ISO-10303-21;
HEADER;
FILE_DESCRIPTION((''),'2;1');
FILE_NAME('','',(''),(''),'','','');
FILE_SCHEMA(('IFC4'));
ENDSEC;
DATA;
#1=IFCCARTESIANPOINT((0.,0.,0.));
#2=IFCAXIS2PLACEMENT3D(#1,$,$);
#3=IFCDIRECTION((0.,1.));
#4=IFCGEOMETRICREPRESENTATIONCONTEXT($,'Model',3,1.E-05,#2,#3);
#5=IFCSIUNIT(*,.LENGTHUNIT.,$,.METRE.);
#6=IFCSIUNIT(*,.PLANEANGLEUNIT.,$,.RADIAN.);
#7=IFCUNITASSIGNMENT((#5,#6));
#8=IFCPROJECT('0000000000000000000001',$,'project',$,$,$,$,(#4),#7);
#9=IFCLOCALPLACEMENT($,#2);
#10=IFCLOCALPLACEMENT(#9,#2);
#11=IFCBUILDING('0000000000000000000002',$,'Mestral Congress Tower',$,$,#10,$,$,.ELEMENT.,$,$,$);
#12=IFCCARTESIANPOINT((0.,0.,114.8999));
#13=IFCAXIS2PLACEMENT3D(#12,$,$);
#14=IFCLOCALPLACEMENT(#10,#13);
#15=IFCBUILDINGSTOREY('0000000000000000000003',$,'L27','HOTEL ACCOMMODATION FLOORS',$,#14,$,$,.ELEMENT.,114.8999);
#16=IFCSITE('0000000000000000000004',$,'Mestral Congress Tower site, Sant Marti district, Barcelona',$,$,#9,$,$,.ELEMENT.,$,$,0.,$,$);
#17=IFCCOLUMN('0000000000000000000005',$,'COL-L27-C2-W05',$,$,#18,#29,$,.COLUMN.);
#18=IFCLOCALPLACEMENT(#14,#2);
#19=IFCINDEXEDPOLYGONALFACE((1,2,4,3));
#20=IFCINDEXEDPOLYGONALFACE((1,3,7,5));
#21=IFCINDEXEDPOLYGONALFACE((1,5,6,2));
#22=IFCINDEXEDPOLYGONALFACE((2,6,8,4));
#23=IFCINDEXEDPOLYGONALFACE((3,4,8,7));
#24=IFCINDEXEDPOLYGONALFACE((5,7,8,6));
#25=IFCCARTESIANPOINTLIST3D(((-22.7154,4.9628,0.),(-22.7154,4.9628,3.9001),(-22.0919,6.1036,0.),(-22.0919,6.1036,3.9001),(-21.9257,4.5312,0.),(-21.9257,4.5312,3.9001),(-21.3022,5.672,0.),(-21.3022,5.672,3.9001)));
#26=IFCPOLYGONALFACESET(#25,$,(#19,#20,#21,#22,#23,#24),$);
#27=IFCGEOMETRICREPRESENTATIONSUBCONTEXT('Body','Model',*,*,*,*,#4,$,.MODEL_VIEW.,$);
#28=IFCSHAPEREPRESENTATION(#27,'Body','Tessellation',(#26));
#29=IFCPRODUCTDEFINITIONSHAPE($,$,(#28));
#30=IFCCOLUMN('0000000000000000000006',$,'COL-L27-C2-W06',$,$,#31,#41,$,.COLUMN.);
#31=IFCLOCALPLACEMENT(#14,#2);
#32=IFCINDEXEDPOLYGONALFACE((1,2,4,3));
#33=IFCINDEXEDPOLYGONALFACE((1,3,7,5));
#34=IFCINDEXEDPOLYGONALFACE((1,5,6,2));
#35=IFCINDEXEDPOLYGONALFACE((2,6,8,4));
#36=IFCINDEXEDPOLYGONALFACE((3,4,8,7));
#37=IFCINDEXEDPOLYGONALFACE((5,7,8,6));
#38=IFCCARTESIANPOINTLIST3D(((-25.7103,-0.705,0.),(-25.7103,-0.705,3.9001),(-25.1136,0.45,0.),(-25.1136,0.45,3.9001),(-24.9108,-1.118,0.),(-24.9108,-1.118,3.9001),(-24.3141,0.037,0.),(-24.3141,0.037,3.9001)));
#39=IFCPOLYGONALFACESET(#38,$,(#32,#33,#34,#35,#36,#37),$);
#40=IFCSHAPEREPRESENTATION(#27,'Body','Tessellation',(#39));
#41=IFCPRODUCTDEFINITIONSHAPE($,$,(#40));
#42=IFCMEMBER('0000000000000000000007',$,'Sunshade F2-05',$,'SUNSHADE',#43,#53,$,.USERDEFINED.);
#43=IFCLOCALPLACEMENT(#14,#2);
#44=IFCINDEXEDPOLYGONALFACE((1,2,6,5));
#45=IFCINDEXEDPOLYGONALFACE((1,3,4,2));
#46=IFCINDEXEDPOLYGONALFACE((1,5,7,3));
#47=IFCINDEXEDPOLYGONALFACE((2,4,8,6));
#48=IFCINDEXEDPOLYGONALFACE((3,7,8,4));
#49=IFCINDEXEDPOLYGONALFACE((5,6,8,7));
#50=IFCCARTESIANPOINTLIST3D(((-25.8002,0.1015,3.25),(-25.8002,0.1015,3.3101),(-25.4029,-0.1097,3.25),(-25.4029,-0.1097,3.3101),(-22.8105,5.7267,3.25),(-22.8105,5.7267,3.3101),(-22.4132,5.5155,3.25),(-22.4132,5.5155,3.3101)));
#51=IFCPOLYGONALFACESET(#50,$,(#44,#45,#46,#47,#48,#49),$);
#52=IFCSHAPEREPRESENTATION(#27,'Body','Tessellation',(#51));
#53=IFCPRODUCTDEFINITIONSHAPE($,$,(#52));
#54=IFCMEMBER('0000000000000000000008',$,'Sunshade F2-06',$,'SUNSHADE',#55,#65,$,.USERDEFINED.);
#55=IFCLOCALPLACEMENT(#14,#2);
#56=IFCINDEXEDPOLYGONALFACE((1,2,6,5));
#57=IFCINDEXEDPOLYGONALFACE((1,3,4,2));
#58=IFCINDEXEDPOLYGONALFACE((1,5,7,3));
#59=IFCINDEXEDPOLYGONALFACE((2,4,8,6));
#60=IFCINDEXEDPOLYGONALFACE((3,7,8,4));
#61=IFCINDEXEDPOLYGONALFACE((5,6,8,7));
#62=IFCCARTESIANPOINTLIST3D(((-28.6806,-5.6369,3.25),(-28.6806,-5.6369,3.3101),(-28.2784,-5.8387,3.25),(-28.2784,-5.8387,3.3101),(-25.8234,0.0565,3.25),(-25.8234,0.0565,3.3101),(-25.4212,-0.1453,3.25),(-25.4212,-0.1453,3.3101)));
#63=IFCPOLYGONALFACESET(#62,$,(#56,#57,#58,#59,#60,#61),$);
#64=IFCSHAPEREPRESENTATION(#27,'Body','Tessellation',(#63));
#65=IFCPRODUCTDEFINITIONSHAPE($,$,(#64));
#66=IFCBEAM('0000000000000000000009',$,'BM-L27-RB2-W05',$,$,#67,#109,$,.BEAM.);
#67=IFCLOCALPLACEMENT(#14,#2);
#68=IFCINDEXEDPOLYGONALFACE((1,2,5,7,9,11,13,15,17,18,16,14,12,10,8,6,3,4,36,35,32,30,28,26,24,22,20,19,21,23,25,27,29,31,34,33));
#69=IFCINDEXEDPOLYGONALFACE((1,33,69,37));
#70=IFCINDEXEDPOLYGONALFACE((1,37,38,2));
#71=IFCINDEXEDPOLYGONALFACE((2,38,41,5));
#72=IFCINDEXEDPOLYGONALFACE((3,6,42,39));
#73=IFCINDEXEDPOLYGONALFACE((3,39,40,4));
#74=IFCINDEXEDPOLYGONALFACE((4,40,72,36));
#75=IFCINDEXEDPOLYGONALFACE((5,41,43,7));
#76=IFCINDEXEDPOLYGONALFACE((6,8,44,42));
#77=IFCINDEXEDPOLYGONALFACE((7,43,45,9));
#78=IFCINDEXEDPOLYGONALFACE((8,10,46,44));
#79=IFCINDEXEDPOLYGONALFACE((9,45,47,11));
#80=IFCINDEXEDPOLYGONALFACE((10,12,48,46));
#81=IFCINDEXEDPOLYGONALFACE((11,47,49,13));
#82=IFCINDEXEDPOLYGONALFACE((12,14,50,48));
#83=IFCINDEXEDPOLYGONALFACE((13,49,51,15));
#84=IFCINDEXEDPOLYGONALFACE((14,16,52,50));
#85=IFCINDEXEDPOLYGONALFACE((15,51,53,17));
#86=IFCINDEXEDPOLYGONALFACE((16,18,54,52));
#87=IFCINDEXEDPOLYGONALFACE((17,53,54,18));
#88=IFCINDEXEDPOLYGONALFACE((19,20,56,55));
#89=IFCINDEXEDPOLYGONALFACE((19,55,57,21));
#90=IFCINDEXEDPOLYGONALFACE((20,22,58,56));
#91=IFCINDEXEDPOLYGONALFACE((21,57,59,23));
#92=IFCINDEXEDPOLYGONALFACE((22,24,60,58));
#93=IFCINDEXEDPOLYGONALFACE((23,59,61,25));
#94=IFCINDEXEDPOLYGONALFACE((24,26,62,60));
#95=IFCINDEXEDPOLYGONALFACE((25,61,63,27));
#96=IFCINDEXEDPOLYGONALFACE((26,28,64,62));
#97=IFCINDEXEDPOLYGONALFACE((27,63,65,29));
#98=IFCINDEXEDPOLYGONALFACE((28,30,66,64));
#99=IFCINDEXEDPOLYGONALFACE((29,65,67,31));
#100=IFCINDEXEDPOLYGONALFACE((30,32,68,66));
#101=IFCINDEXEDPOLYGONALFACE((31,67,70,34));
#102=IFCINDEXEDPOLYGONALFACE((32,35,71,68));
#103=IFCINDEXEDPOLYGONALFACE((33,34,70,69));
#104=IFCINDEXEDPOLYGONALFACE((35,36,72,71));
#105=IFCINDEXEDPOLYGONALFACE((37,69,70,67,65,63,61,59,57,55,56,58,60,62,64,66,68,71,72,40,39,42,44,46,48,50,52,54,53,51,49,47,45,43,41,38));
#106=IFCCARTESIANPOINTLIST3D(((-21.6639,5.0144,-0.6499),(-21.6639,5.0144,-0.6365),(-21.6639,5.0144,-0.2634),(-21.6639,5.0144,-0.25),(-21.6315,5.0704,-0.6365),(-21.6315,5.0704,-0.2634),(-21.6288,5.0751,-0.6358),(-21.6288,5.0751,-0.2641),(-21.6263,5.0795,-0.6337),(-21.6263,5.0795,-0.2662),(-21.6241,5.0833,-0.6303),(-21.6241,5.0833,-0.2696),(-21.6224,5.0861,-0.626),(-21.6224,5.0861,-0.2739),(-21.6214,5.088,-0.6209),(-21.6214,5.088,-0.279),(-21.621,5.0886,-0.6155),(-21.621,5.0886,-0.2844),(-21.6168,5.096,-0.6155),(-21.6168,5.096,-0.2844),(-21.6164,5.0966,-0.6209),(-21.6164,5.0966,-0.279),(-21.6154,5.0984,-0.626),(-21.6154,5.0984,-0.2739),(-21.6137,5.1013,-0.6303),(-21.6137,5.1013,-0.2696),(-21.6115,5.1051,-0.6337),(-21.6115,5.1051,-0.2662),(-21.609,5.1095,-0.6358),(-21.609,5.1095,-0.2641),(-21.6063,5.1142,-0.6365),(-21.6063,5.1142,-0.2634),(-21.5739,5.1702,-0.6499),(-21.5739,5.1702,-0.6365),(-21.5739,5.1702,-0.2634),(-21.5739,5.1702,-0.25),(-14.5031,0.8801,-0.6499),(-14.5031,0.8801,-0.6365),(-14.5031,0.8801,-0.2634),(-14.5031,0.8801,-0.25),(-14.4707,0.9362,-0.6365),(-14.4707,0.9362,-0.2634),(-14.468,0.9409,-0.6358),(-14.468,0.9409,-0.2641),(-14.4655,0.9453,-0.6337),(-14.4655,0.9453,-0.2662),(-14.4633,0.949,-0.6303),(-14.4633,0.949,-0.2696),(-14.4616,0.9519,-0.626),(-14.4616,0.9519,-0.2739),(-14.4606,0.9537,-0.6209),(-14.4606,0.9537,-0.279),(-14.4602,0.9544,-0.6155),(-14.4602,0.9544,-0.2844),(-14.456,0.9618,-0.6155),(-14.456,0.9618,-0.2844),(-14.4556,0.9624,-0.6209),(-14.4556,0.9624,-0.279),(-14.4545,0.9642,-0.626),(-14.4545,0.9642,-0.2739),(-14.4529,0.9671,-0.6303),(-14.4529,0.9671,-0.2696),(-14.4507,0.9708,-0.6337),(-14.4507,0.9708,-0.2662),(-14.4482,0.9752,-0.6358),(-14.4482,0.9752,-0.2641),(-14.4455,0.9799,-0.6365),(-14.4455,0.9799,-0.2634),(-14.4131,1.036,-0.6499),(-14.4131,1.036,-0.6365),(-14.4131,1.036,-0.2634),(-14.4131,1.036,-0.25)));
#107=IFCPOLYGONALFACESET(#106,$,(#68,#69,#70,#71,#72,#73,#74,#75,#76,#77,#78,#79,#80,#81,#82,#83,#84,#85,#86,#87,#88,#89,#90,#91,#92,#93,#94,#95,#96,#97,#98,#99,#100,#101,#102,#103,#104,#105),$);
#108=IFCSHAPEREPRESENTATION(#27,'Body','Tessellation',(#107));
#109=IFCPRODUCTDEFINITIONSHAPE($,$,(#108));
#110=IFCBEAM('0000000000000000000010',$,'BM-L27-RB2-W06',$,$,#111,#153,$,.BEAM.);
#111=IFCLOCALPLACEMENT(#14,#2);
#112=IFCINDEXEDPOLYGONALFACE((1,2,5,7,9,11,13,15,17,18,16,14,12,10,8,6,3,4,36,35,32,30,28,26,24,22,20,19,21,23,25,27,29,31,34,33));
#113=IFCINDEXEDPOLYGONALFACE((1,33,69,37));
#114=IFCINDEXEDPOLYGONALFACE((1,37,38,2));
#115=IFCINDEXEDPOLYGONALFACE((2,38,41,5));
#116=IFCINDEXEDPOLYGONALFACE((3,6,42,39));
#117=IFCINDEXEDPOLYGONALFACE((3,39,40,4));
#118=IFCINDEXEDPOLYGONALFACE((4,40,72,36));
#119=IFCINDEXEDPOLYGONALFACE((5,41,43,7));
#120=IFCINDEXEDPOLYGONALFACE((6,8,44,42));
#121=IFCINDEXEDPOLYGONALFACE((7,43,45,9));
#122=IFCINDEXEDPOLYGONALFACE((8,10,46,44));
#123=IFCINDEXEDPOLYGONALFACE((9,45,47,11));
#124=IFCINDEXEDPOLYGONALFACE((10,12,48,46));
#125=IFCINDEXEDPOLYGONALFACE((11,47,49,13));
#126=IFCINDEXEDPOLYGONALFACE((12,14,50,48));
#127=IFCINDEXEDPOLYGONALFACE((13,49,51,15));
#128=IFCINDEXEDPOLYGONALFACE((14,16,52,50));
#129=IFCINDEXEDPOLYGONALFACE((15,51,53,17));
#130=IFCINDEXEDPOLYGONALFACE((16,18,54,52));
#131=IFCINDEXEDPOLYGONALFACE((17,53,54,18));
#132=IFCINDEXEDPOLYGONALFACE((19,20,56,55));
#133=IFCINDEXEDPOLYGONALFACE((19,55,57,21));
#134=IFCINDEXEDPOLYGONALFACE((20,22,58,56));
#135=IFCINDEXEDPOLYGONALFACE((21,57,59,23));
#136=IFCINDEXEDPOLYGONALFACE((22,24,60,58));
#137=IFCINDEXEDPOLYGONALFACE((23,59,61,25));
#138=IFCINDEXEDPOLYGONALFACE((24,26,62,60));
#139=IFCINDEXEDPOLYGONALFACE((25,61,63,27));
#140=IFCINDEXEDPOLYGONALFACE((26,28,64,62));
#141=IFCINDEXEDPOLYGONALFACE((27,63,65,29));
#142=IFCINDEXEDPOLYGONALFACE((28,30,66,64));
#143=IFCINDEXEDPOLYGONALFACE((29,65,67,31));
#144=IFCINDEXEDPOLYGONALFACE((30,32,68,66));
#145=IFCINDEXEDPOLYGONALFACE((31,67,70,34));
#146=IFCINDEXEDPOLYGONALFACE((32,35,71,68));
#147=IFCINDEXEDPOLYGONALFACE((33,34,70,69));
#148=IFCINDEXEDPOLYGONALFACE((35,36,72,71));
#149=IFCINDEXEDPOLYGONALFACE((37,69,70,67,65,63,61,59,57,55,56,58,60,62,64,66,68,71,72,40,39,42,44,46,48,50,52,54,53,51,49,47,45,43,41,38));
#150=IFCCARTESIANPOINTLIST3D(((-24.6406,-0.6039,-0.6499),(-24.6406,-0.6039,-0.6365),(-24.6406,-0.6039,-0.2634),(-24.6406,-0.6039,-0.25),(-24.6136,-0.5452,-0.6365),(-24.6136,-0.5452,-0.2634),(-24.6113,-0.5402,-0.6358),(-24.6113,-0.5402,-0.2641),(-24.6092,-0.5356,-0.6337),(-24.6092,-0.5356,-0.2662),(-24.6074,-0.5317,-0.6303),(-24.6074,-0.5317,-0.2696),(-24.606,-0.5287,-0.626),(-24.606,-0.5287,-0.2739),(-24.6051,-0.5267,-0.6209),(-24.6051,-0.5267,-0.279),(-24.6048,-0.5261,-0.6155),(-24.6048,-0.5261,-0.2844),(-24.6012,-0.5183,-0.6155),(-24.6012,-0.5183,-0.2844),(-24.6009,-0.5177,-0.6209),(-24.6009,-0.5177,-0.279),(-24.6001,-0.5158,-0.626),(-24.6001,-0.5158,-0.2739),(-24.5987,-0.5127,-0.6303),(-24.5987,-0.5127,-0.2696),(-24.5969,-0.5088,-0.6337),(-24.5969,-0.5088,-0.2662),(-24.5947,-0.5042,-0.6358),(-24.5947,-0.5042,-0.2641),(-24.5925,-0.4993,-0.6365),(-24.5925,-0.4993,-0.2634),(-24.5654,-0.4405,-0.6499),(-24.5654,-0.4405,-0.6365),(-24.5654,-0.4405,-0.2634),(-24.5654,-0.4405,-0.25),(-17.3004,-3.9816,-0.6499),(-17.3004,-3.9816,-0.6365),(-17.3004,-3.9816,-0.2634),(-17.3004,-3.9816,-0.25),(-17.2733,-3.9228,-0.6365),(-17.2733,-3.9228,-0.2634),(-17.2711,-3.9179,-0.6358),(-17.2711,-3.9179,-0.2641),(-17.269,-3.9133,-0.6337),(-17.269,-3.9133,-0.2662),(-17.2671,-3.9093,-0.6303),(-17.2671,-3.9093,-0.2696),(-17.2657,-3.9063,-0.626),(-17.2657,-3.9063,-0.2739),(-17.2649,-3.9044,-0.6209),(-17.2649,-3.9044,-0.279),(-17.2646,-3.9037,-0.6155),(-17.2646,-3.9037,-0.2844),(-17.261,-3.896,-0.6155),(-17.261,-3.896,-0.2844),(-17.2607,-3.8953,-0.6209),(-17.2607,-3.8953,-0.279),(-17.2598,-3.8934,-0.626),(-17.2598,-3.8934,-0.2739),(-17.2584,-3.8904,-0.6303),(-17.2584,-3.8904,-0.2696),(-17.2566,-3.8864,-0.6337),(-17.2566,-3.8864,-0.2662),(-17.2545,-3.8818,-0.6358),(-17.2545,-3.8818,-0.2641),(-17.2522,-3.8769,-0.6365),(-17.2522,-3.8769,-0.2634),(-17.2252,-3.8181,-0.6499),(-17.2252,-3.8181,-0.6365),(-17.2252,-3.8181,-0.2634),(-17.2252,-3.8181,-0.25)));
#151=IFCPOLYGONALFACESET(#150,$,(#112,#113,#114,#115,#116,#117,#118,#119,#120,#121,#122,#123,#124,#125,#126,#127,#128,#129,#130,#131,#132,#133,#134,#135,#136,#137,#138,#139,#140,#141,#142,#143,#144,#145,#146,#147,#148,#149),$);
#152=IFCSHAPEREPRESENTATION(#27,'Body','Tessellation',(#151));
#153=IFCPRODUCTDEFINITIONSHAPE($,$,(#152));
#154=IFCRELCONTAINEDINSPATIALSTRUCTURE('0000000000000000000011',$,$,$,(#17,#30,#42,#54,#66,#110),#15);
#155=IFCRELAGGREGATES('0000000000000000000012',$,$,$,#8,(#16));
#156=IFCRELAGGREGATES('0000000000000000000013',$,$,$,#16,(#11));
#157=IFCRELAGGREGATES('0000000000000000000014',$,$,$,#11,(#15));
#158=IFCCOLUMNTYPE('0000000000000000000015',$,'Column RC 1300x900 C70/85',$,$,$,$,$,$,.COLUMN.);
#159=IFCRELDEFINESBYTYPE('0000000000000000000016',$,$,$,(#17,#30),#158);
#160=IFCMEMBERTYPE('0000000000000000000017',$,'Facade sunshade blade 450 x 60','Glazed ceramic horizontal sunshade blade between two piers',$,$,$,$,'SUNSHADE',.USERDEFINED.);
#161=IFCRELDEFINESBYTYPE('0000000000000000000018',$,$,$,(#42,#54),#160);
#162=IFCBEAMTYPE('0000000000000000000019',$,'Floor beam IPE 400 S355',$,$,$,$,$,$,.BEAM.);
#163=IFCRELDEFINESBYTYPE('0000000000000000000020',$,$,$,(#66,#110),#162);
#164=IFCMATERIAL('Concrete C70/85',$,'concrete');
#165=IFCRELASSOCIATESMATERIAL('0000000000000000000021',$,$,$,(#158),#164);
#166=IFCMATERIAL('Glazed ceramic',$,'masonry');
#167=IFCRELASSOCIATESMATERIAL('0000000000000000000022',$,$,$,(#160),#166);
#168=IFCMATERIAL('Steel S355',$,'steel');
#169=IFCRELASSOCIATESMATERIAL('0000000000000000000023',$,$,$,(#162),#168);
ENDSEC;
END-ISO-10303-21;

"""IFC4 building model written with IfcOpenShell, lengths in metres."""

from ifc_helpers import new_model, si_unit, direction, frame, origin, origin_2d, place, context, subcontext, project, spatial, rectangle, i_section, extrude, material, material_profile, profile_set, type_object, element, save


model = new_model("IFC4")

# Units and contexts
model_context = context("Model", 3, precision=1e-05, world=origin(), true_north=direction((0.0, 1.0)))
body_context = subcontext(model_context, "Body", "Model", "MODEL_VIEW")
ifc_project = project(units=[si_unit("LENGTHUNIT", "METRE"), si_unit("PLANEANGLEUNIT", "RADIAN")], contexts=[model_context])

# Site, building, storey
site_placement = place(None, origin())
site = spatial("IfcSite", under=ifc_project, at=site_placement, Name="Mestral Congress Tower site, Sant Marti district, Barcelona", CompositionType="ELEMENT", RefElevation=0.0)
building_placement = place(site_placement, origin())
building = spatial("IfcBuilding", under=site, at=building_placement, Name="Mestral Congress Tower", CompositionType="ELEMENT")
storey_placement = place(building_placement, frame((0.0, 0.0, 114.8999)))
storey = spatial("IfcBuildingStorey", under=building, at=storey_placement, Name="L27", Description="HOTEL ACCOMMODATION FLOORS", CompositionType="ELEMENT", Elevation=114.8999)

# Columns
ifc_material_1 = material(Name="Concrete C70/85", Category="concrete")
ifc_material_profile_1 = material_profile(ifc_material_1, rectangle(XDim=1.3, YDim=0.8999, at=origin_2d()), Name="RC 1300x900")
ifc_profile_set_1 = profile_set([ifc_material_profile_1], Name="Concrete C70/85")
column_type = type_object("IfcColumnType", Name="Column RC 1300x900 C70/85", PredefinedType="COLUMN", material=ifc_profile_set_1)
for number, where, z_axis, x_axis, name in (
    (1, (-22.0088, 5.3174, 0.0), (0.0, 0.0, 1.0), (-0.479613, -0.87748, 0.0), "COL-L27-C2-W05"),
    (2, (-25.0122, -0.334, 0.0), (0.0, 0.0, 1.0), (-0.458961, -0.888456, 0.0), "COL-L27-C2-W06"),
):
    element("IfcColumn", number, at=place(storey_placement, frame(where, z_axis=z_axis, x_axis=x_axis)), inside=storey, type_object=column_type, Name=name, PredefinedType="COLUMN", context=body_context, shape_type="SweptSolid", body=[
        extrude(rectangle(XDim=1.3, YDim=0.8999, at=origin_2d()), origin(), (0.0, 0.0, 1.0), 3.9001),
    ])

# Members
ifc_material_2 = material(Name="Glazed ceramic", Category="masonry")
ifc_material_profile_2 = material_profile(ifc_material_2, rectangle(XDim=0.45, YDim=0.0601, at=origin_2d()), Name="Ceramic blade 450 x 60")
ifc_profile_set_2 = profile_set([ifc_material_profile_2], Name="Glazed ceramic")
member_type = type_object("IfcMemberType", Name="Facade sunshade blade 450 x 60", Description="Glazed ceramic horizontal sunshade blade between two piers", ElementType="SUNSHADE", PredefinedType="USERDEFINED", material=ifc_profile_set_2)
member_1_placement = place(storey_placement, frame((-22.6118, 5.6211, 3.28), z_axis=(-0.469319, -0.883029, 0.0), x_axis=(0.883029, -0.469319, 0.0)))
element("IfcMember", 3, at=member_1_placement, inside=storey, type_object=member_type, Name="Sunshade F2-05", ObjectType="SUNSHADE", PredefinedType="USERDEFINED", context=body_context, shape_type="SweptSolid", body=[
    extrude(rectangle(XDim=0.45, YDim=0.0601, at=origin_2d()), origin(), (0.0, 0.0, 1.0), 6.3704),
])
member_2_placement = place(storey_placement, frame((-25.6223, -0.0444, 3.28), z_axis=(-0.448532, -0.893767, 0.0), x_axis=(0.893767, -0.448532, 0.0)))
element("IfcMember", 4, at=member_2_placement, inside=storey, type_object=member_type, Name="Sunshade F2-06", ObjectType="SUNSHADE", PredefinedType="USERDEFINED", context=body_context, shape_type="SweptSolid", body=[
    extrude(rectangle(XDim=0.45, YDim=0.0601, at=origin_2d()), origin(), (0.0, 0.0, 1.0), 6.3701),
])

# Beams
ifc_material_3 = material(Name="Steel S355", Category="steel")
ifc_material_profile_3 = material_profile(ifc_material_3, i_section(OverallWidth=0.1799, OverallDepth=0.3999, WebThickness=0.0085, FlangeThickness=0.0134, FilletRadius=0.021, at=origin_2d()), Name="IPE 400")
ifc_profile_set_3 = profile_set([ifc_material_profile_3], Name="Steel S355")
beam_type_1 = type_object("IfcBeamType", Name="Floor beam IPE 400 S355", PredefinedType="BEAM", material=ifc_profile_set_3)
beam_1_placement = place(storey_placement, frame((-21.6189, 5.0923, -0.45), z_axis=(0.866029, -0.499994, 0.0), x_axis=(0.499994, 0.866029, 0.0)))
element("IfcBeam", 5, at=beam_1_placement, inside=storey, type_object=beam_type_1, Name="BM-L27-RB2-W05", PredefinedType="BEAM", context=body_context, shape_type="SweptSolid", body=[
    extrude(i_section(OverallWidth=0.1799, OverallDepth=0.3999, WebThickness=0.0085, FlangeThickness=0.0134, FilletRadius=0.021, at=origin_2d()), origin(), (0.0, 0.0, 1.0), 8.2686),
])
beam_2_placement = place(storey_placement, frame((-24.603, -0.5222, -0.45), z_axis=(0.908437, -0.418021, 0.0), x_axis=(0.418021, 0.908437, 0.0)))
element("IfcBeam", 6, at=beam_2_placement, inside=storey, type_object=beam_type_1, Name="BM-L27-RB2-W06", PredefinedType="BEAM", context=body_context, shape_type="SweptSolid", body=[
    extrude(i_section(OverallWidth=0.1799, OverallDepth=0.3999, WebThickness=0.0085, FlangeThickness=0.0134, FilletRadius=0.021, at=origin_2d()), origin(), (0.0, 0.0, 1.0), 8.0801),
])

save(model, "model.ifc")
